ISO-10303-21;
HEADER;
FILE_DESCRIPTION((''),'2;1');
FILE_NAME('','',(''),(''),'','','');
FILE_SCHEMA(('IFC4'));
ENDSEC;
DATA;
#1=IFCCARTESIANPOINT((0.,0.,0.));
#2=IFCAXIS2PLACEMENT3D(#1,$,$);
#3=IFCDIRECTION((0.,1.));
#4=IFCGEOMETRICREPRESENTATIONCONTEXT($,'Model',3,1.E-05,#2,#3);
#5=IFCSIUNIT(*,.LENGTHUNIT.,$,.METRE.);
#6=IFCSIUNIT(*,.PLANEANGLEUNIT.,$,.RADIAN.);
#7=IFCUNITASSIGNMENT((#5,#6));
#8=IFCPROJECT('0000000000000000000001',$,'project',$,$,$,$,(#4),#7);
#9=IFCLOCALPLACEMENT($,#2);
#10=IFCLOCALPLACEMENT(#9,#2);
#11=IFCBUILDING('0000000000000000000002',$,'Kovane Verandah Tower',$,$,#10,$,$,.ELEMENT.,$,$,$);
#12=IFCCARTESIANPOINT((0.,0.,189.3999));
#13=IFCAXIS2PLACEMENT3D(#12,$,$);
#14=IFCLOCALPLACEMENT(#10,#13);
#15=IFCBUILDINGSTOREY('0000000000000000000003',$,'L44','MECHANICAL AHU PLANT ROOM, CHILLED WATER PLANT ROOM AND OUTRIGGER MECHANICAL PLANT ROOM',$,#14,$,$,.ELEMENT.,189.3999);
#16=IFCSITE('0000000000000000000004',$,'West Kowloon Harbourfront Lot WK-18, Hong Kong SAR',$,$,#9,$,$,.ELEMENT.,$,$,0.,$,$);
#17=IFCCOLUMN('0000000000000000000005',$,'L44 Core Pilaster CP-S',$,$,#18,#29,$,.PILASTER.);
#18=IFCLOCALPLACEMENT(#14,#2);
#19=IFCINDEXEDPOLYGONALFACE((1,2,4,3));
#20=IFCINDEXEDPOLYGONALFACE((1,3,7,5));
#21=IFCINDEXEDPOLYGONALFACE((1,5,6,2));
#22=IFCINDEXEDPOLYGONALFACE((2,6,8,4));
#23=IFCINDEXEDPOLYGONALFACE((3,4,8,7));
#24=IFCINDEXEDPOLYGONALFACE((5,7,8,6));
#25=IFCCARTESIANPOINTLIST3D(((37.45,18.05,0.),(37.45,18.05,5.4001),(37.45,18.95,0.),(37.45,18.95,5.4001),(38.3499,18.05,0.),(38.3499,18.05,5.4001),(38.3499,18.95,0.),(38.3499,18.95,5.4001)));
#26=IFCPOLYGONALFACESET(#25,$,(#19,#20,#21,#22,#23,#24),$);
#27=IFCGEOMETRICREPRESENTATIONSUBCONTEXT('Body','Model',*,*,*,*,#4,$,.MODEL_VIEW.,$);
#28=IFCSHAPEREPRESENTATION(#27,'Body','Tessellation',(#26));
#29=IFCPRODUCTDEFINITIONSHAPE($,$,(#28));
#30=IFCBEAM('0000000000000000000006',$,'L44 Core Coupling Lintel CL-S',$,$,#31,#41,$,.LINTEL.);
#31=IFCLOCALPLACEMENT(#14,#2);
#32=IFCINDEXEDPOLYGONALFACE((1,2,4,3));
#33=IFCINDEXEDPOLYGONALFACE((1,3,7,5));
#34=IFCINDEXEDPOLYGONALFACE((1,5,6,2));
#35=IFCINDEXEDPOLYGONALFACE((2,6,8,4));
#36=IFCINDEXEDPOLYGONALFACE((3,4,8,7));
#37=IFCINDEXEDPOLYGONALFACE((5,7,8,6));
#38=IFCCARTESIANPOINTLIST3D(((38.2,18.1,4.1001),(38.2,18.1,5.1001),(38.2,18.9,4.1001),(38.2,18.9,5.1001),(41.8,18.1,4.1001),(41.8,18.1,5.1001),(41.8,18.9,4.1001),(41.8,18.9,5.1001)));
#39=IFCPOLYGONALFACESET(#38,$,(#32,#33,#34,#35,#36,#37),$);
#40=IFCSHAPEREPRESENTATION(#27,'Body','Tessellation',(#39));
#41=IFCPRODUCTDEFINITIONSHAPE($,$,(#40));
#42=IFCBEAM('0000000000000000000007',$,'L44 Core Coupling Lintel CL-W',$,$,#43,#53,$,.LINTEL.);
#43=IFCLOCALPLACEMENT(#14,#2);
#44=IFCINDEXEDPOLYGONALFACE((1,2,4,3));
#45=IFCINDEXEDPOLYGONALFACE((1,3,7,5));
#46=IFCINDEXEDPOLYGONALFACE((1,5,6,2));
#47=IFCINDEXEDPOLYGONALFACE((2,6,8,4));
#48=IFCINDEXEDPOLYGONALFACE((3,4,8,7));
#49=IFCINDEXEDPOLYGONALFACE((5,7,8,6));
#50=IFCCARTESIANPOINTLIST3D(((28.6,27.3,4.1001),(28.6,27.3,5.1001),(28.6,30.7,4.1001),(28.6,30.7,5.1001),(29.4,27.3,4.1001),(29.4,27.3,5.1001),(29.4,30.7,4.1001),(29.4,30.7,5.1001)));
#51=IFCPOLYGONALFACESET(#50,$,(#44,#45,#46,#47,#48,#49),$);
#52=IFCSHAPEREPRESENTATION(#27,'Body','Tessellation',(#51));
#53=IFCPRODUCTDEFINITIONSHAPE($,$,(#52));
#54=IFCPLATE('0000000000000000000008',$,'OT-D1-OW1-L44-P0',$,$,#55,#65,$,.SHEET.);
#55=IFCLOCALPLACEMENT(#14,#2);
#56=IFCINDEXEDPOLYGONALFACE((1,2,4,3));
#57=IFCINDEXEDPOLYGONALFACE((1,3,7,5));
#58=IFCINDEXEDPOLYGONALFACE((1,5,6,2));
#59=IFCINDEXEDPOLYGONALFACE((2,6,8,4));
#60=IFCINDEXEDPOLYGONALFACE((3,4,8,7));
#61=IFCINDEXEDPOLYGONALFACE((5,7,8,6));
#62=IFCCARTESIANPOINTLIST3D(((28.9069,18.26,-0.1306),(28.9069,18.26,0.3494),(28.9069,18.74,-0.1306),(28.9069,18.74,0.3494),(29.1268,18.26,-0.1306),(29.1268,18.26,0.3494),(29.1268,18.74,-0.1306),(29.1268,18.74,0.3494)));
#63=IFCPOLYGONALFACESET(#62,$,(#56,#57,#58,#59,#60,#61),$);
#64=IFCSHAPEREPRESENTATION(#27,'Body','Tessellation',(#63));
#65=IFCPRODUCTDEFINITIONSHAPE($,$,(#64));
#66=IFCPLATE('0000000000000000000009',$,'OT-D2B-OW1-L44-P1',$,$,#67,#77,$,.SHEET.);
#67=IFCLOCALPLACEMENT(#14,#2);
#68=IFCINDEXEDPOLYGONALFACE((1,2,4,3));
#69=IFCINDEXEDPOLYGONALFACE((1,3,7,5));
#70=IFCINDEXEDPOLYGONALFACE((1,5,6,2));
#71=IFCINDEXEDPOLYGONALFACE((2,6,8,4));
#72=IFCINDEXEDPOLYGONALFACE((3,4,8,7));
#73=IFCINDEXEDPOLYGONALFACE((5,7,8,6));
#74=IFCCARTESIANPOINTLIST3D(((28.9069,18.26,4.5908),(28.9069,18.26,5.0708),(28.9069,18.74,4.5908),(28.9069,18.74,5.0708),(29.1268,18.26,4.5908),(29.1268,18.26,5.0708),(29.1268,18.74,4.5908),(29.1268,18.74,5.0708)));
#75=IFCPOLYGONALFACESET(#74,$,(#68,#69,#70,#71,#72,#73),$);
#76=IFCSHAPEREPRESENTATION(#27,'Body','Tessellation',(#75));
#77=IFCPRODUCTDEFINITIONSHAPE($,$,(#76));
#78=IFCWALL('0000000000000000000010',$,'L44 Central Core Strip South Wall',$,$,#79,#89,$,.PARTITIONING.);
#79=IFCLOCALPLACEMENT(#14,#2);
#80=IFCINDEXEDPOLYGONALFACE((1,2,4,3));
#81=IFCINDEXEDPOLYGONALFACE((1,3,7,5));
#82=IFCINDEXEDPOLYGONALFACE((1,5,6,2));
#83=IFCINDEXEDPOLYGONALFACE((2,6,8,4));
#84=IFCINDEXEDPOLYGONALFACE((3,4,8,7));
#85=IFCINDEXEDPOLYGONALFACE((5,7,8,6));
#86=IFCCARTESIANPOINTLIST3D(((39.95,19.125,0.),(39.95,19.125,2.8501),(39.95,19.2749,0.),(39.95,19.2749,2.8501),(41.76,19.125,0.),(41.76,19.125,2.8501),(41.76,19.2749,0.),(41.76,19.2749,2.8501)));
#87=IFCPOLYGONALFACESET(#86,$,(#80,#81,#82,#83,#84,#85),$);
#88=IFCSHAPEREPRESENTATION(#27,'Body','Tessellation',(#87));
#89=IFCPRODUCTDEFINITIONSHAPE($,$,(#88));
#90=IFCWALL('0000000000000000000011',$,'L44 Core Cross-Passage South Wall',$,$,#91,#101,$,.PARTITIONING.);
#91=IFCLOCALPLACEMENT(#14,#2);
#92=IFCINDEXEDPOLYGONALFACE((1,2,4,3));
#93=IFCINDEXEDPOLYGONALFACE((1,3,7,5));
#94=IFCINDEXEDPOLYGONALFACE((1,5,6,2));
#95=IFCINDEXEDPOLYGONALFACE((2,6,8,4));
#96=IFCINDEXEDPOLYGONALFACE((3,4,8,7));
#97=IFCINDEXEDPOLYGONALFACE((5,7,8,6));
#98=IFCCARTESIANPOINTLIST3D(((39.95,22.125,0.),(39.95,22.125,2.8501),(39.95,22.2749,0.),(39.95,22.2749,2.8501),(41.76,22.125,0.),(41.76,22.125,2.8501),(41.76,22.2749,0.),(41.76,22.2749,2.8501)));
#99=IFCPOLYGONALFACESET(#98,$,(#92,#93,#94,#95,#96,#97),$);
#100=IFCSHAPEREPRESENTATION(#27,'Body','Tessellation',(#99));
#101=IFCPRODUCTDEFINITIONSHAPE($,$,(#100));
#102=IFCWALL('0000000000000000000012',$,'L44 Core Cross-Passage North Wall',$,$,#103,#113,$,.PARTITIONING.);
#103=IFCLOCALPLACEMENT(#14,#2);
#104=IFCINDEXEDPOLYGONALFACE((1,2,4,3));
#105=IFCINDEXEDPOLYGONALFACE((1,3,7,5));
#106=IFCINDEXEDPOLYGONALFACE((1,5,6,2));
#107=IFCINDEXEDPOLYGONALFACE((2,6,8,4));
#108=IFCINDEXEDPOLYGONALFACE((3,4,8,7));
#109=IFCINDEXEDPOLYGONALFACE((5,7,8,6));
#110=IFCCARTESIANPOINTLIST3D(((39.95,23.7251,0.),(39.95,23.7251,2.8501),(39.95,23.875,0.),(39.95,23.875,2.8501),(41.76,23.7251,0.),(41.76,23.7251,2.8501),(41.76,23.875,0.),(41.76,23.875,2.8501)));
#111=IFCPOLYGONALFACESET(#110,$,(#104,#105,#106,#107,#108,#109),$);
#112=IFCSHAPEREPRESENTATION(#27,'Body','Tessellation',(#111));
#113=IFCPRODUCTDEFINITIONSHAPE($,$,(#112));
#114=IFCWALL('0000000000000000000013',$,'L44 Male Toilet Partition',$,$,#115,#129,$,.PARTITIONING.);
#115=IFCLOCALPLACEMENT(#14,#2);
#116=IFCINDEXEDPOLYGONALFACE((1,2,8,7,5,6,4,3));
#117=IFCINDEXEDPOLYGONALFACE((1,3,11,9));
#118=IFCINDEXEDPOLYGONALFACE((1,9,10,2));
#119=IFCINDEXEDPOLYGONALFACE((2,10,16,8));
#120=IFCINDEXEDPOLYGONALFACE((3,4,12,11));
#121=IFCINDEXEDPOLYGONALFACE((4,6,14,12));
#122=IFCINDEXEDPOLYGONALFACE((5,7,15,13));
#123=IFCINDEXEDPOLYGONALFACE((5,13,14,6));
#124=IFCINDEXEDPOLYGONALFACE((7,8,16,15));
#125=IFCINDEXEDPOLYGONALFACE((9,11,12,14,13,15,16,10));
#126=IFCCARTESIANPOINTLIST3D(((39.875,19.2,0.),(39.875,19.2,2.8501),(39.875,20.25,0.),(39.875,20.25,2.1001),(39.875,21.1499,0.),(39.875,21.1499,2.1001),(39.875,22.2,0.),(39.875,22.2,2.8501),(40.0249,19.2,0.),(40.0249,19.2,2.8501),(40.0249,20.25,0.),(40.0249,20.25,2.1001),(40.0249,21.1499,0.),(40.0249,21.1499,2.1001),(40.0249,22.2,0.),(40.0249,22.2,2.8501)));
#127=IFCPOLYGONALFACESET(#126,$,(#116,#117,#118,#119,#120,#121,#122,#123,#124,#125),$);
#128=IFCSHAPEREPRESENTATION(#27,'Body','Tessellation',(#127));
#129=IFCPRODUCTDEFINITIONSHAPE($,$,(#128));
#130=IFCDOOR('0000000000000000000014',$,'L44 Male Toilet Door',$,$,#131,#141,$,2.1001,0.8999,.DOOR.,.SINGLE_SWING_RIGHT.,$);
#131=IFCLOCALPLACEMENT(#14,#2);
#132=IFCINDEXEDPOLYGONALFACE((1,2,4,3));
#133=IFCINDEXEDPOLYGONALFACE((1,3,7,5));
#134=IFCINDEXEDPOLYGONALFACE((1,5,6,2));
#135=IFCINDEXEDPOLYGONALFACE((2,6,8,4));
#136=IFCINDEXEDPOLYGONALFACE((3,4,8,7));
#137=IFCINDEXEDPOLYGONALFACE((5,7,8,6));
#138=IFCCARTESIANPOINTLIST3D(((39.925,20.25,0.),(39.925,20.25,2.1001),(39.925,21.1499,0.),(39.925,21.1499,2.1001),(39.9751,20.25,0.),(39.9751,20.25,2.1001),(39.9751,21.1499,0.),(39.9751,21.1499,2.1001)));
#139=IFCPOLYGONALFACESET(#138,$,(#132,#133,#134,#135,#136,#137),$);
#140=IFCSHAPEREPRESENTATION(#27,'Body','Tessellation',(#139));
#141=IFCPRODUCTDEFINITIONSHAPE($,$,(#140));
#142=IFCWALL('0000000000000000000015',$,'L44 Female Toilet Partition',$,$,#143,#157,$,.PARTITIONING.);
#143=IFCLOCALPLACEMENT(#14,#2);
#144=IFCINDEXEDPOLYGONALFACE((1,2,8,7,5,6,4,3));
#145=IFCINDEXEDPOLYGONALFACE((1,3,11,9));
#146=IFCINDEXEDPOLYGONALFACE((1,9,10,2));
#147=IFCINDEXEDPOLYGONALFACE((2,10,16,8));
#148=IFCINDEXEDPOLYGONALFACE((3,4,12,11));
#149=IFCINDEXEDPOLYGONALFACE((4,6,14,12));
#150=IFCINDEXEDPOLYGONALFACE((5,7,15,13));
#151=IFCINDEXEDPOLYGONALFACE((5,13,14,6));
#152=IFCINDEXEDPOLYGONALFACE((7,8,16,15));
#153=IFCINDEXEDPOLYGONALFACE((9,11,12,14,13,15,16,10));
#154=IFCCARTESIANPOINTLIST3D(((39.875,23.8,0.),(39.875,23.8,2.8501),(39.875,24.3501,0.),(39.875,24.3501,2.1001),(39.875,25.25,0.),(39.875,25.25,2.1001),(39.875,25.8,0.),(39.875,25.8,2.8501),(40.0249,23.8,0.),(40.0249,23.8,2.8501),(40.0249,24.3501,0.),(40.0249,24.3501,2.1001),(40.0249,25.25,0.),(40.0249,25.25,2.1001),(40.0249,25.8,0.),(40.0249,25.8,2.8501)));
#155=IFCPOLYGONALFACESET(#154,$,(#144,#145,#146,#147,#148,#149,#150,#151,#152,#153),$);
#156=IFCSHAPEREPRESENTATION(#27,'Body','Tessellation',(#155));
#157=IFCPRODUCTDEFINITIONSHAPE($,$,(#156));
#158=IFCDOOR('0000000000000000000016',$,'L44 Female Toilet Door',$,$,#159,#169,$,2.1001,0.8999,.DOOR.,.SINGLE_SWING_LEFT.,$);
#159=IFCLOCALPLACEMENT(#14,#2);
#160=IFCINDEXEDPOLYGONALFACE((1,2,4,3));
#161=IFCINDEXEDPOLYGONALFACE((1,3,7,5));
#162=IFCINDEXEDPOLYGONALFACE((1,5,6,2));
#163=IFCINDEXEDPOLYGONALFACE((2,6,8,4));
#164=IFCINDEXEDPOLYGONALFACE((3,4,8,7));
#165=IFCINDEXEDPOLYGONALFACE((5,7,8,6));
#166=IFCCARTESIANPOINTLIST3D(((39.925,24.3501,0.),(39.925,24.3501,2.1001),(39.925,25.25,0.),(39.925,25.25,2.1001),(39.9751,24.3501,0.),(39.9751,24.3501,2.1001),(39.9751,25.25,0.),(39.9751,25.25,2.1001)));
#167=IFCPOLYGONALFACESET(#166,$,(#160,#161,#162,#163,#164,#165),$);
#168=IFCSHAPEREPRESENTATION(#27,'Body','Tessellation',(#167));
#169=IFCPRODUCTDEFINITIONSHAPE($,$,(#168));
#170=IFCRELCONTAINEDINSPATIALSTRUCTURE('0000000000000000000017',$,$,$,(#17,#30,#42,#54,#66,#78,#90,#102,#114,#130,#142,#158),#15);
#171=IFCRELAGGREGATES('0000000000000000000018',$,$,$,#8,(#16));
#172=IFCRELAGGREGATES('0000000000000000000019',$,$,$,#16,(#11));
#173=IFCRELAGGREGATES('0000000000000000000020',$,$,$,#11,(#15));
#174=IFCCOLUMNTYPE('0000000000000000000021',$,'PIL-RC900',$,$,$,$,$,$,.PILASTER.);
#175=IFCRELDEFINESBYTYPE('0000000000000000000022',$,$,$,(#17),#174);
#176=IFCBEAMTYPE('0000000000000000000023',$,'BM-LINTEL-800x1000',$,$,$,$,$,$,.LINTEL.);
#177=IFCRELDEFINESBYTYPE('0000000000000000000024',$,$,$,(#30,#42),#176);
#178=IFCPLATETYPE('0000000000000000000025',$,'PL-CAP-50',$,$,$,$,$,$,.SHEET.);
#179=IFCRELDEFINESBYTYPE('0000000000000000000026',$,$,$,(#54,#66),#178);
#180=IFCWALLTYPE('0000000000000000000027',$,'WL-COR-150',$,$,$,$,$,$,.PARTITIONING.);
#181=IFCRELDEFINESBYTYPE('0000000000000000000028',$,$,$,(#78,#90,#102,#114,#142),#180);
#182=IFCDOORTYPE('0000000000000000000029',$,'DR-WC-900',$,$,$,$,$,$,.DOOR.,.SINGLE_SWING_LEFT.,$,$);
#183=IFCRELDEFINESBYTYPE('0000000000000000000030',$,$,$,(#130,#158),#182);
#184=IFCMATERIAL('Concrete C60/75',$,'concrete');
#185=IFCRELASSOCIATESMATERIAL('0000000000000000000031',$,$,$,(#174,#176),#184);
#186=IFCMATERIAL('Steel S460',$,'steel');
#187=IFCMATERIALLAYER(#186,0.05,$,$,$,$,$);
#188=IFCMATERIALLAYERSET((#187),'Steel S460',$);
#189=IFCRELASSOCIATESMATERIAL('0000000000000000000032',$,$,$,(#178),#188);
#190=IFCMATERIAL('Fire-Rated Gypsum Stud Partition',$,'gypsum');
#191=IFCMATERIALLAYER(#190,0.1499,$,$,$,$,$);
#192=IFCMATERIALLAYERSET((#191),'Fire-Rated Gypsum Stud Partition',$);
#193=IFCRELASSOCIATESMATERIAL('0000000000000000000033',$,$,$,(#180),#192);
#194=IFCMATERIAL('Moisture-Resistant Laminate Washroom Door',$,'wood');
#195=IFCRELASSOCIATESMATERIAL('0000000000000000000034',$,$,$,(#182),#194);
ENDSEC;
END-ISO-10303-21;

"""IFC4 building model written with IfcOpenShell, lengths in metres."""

from ifc_helpers import new_model, si_unit, direction, frame, frame_2d, origin, origin_2d, place, context, subcontext, project, spatial, rectangle, extrude, material, layer, layer_set, material_profile, profile_set, type_object, element, fill, save


model = new_model("IFC4")

# Units and contexts
model_context = context("Model", 3, precision=1e-05, world=origin(), true_north=direction((0.0, 1.0)))
body_context = subcontext(model_context, "Body", "Model", "MODEL_VIEW")
ifc_project = project(units=[si_unit("LENGTHUNIT", "METRE"), si_unit("PLANEANGLEUNIT", "RADIAN")], contexts=[model_context])

# Site, building, storey
site_placement = place(None, origin())
site = spatial("IfcSite", under=ifc_project, at=site_placement, Name="West Kowloon Harbourfront Lot WK-18, Hong Kong SAR", CompositionType="ELEMENT", RefElevation=0.0)
building_placement = place(site_placement, origin())
building = spatial("IfcBuilding", under=site, at=building_placement, Name="Kovane Verandah Tower", CompositionType="ELEMENT")
storey_placement = place(building_placement, frame((0.0, 0.0, 189.3999)))
storey = spatial("IfcBuildingStorey", under=building, at=storey_placement, Name="L44", Description="MECHANICAL AHU PLANT ROOM, CHILLED WATER PLANT ROOM AND OUTRIGGER MECHANICAL PLANT ROOM", CompositionType="ELEMENT", Elevation=189.3999)

# Column
ifc_material_1 = material(Name="Concrete C60/75", Category="concrete")
ifc_material_profile_1 = material_profile(ifc_material_1, rectangle(XDim=0.8999, YDim=0.8999, at=origin_2d()), Name="RC900x900")
ifc_profile_set_1 = profile_set([ifc_material_profile_1], Name="Concrete C60/75")
column_type = type_object("IfcColumnType", Name="PIL-RC900", PredefinedType="PILASTER", material=ifc_profile_set_1)
column_placement = place(storey_placement, frame((37.8999, 18.5, 0.0), z_axis=(0.0, 0.0, 1.0), x_axis=(1.0, 0.0, 0.0)))
element("IfcColumn", 1, at=column_placement, inside=storey, type_object=column_type, Name="L44 Core Pilaster CP-S", PredefinedType="PILASTER", context=body_context, shape_type="SweptSolid", body=[
    extrude(rectangle(XDim=0.8999, YDim=0.8999, at=origin_2d()), origin(), (0.0, 0.0, 1.0), 5.4001),
])

# Beams
ifc_material_profile_2 = material_profile(ifc_material_1, rectangle(XDim=0.8, YDim=1.0, at=origin_2d()), Name="RCB800x1000")
ifc_profile_set_2 = profile_set([ifc_material_profile_2], Name="Concrete C60/75")
beam_type = type_object("IfcBeamType", Name="BM-LINTEL-800x1000", PredefinedType="LINTEL", material=ifc_profile_set_2)
beam_1_placement = place(storey_placement, frame((38.2, 18.5, 4.6001), z_axis=(1.0, 0.0, 0.0), x_axis=(0.0, 1.0, 0.0)))
element("IfcBeam", 2, at=beam_1_placement, inside=storey, type_object=beam_type, Name="L44 Core Coupling Lintel CL-S", PredefinedType="LINTEL", context=body_context, shape_type="SweptSolid", body=[
    extrude(rectangle(XDim=0.8, YDim=1.0, at=origin_2d()), origin(), (0.0, 0.0, 1.0), 3.6001),
])
beam_2_placement = place(storey_placement, frame((29.0, 27.3, 4.6001), z_axis=(0.0, 1.0, 0.0), x_axis=(-1.0, 0.0, 0.0)))
element("IfcBeam", 3, at=beam_2_placement, inside=storey, type_object=beam_type, Name="L44 Core Coupling Lintel CL-W", PredefinedType="LINTEL", context=body_context, shape_type="SweptSolid", body=[
    extrude(rectangle(XDim=0.8, YDim=1.0, at=origin_2d()), origin(), (0.0, 0.0, 1.0), 3.3999),
])

# Plates
ifc_material_2 = material(Name="Steel S460", Category="steel")
ifc_layer_1 = layer(ifc_material_2, 0.05)
ifc_layer_set_1 = layer_set([ifc_layer_1], Name="Steel S460")
plate_type = type_object("IfcPlateType", Name="PL-CAP-50", PredefinedType="SHEET", material=ifc_layer_set_1)
for number, where, z_axis, x_axis, name in (
    (4, (29.0168, 18.5, -0.1306), (0.0, 0.0, 1.0), (-1.0, 0.0, 0.0), "OT-D1-OW1-L44-P0"),
    (5, (29.0168, 18.5, 4.5908), (0.0, 0.0, 1.0), (1.0, 0.0, 0.0), "OT-D2B-OW1-L44-P1"),
):
    element("IfcPlate", number, at=place(storey_placement, frame(where, z_axis=z_axis, x_axis=x_axis)), inside=storey, type_object=plate_type, Name=name, PredefinedType="SHEET", context=body_context, shape_type="SweptSolid", body=[
        extrude(rectangle(XDim=0.22, YDim=0.48, at=origin_2d()), origin(), (0.0, 0.0, 1.0), 0.48),
    ])

# Walls
ifc_material_3 = material(Name="Fire-Rated Gypsum Stud Partition", Category="gypsum")
ifc_layer_2 = layer(ifc_material_3, 0.1499)
ifc_layer_set_2 = layer_set([ifc_layer_2], Name="Fire-Rated Gypsum Stud Partition")
wall_type_1 = type_object("IfcWallType", Name="WL-COR-150", PredefinedType="PARTITIONING", material=ifc_layer_set_2)
for number, where, z_axis, x_axis, name in (
    (6, (39.95, 19.2, 0.0), (0.0, 0.0, 1.0), (1.0, 0.0, 0.0), "L44 Central Core Strip South Wall"),
    (7, (39.95, 22.2, 0.0), (0.0, 0.0, 1.0), (1.0, 0.0, 0.0), "L44 Core Cross-Passage South Wall"),
    (8, (39.95, 23.8, 0.0), (0.0, 0.0, 1.0), (1.0, 0.0, 0.0), "L44 Core Cross-Passage North Wall"),
):
    element("IfcWall", number, at=place(storey_placement, frame(where, z_axis=z_axis, x_axis=x_axis)), inside=storey, type_object=wall_type_1, Name=name, PredefinedType="PARTITIONING", context=body_context, shape_type="SweptSolid", body=[
        extrude(rectangle(XDim=1.8101, YDim=0.1499, at=frame_2d((0.905, 0.0))), origin(), (0.0, 0.0, 1.0), 2.8501),
    ])

# Walls, openings, doors
wall_1_placement = place(storey_placement, frame((39.95, 19.2, 0.0), z_axis=(0.0, 0.0, 1.0), x_axis=(0.0, 1.0, 0.0)))
wall_1 = element("IfcWall", 9, at=wall_1_placement, inside=storey, type_object=wall_type_1, Name="L44 Male Toilet Partition", PredefinedType="PARTITIONING", context=body_context, shape_type="SweptSolid", body=[
    extrude(rectangle(XDim=3.0, YDim=0.1499, at=frame_2d((1.5, 0.0))), origin(), (0.0, 0.0, 1.0), 2.8501),
])
opening_1_placement = place(wall_1_placement, frame((1.05, 0.0, 0.0)))
opening_1 = element("IfcOpeningElement", 10, at=opening_1_placement, cuts=wall_1, PredefinedType="OPENING", context=body_context, shape_type="SweptSolid", body=[
    extrude(rectangle(XDim=0.8999, YDim=2.1001, at=frame_2d((0.45, 1.05))), frame((0.0, 0.075, 0.0), z_axis=(0.0, -1.0, 0.0), x_axis=(1.0, 0.0, 0.0)), (0.0, 0.0, 1.0), 0.1499),
])
ifc_material_4 = material(Name="Moisture-Resistant Laminate Washroom Door", Category="wood")
door_type_1 = type_object("IfcDoorType", Name="DR-WC-900", OperationType="SINGLE_SWING_LEFT", PredefinedType="DOOR", material=ifc_material_4)
door_1_placement = place(opening_1_placement, origin())
door_1 = element("IfcDoor", 11, at=door_1_placement, inside=storey, type_object=door_type_1, Name="L44 Male Toilet Door", OperationType="SINGLE_SWING_RIGHT", OverallHeight=2.1001, OverallWidth=0.8999, PredefinedType="DOOR", context=body_context, shape_type="SweptSolid", body=[
    extrude(rectangle(XDim=0.8999, YDim=2.1001, at=frame_2d((0.45, 1.05))), frame((0.0, 0.0249, 0.0), z_axis=(0.0, -1.0, 0.0), x_axis=(1.0, 0.0, 0.0)), (0.0, 0.0, 1.0), 0.05),
])
fill(opening_1, door_1)
wall_2_placement = place(storey_placement, frame((39.95, 23.8, 0.0), z_axis=(0.0, 0.0, 1.0), x_axis=(0.0, 1.0, 0.0)))
wall_2 = element("IfcWall", 12, at=wall_2_placement, inside=storey, type_object=wall_type_1, Name="L44 Female Toilet Partition", PredefinedType="PARTITIONING", context=body_context, shape_type="SweptSolid", body=[
    extrude(rectangle(XDim=2.0, YDim=0.1499, at=frame_2d((1.0, 0.0))), origin(), (0.0, 0.0, 1.0), 2.8501),
])
opening_2_placement = place(wall_2_placement, frame((0.55, 0.0, 0.0)))
opening_2 = element("IfcOpeningElement", 13, at=opening_2_placement, cuts=wall_2, PredefinedType="OPENING", context=body_context, shape_type="SweptSolid", body=[
    extrude(rectangle(XDim=0.8999, YDim=2.1001, at=frame_2d((0.45, 1.05))), frame((0.0, 0.075, 0.0), z_axis=(0.0, -1.0, 0.0), x_axis=(1.0, 0.0, 0.0)), (0.0, 0.0, 1.0), 0.1499),
])
door_2_placement = place(opening_2_placement, origin())
door_2 = element("IfcDoor", 14, at=door_2_placement, inside=storey, type_object=door_type_1, Name="L44 Female Toilet Door", OperationType="SINGLE_SWING_LEFT", OverallHeight=2.1001, OverallWidth=0.8999, PredefinedType="DOOR", context=body_context, shape_type="SweptSolid", body=[
    extrude(rectangle(XDim=0.8999, YDim=2.1001, at=frame_2d((0.45, 1.05))), frame((0.0, 0.0249, 0.0), z_axis=(0.0, -1.0, 0.0), x_axis=(1.0, 0.0, 0.0)), (0.0, 0.0, 1.0), 0.05),
])
fill(opening_2, door_2)

save(model, "model.ifc")
